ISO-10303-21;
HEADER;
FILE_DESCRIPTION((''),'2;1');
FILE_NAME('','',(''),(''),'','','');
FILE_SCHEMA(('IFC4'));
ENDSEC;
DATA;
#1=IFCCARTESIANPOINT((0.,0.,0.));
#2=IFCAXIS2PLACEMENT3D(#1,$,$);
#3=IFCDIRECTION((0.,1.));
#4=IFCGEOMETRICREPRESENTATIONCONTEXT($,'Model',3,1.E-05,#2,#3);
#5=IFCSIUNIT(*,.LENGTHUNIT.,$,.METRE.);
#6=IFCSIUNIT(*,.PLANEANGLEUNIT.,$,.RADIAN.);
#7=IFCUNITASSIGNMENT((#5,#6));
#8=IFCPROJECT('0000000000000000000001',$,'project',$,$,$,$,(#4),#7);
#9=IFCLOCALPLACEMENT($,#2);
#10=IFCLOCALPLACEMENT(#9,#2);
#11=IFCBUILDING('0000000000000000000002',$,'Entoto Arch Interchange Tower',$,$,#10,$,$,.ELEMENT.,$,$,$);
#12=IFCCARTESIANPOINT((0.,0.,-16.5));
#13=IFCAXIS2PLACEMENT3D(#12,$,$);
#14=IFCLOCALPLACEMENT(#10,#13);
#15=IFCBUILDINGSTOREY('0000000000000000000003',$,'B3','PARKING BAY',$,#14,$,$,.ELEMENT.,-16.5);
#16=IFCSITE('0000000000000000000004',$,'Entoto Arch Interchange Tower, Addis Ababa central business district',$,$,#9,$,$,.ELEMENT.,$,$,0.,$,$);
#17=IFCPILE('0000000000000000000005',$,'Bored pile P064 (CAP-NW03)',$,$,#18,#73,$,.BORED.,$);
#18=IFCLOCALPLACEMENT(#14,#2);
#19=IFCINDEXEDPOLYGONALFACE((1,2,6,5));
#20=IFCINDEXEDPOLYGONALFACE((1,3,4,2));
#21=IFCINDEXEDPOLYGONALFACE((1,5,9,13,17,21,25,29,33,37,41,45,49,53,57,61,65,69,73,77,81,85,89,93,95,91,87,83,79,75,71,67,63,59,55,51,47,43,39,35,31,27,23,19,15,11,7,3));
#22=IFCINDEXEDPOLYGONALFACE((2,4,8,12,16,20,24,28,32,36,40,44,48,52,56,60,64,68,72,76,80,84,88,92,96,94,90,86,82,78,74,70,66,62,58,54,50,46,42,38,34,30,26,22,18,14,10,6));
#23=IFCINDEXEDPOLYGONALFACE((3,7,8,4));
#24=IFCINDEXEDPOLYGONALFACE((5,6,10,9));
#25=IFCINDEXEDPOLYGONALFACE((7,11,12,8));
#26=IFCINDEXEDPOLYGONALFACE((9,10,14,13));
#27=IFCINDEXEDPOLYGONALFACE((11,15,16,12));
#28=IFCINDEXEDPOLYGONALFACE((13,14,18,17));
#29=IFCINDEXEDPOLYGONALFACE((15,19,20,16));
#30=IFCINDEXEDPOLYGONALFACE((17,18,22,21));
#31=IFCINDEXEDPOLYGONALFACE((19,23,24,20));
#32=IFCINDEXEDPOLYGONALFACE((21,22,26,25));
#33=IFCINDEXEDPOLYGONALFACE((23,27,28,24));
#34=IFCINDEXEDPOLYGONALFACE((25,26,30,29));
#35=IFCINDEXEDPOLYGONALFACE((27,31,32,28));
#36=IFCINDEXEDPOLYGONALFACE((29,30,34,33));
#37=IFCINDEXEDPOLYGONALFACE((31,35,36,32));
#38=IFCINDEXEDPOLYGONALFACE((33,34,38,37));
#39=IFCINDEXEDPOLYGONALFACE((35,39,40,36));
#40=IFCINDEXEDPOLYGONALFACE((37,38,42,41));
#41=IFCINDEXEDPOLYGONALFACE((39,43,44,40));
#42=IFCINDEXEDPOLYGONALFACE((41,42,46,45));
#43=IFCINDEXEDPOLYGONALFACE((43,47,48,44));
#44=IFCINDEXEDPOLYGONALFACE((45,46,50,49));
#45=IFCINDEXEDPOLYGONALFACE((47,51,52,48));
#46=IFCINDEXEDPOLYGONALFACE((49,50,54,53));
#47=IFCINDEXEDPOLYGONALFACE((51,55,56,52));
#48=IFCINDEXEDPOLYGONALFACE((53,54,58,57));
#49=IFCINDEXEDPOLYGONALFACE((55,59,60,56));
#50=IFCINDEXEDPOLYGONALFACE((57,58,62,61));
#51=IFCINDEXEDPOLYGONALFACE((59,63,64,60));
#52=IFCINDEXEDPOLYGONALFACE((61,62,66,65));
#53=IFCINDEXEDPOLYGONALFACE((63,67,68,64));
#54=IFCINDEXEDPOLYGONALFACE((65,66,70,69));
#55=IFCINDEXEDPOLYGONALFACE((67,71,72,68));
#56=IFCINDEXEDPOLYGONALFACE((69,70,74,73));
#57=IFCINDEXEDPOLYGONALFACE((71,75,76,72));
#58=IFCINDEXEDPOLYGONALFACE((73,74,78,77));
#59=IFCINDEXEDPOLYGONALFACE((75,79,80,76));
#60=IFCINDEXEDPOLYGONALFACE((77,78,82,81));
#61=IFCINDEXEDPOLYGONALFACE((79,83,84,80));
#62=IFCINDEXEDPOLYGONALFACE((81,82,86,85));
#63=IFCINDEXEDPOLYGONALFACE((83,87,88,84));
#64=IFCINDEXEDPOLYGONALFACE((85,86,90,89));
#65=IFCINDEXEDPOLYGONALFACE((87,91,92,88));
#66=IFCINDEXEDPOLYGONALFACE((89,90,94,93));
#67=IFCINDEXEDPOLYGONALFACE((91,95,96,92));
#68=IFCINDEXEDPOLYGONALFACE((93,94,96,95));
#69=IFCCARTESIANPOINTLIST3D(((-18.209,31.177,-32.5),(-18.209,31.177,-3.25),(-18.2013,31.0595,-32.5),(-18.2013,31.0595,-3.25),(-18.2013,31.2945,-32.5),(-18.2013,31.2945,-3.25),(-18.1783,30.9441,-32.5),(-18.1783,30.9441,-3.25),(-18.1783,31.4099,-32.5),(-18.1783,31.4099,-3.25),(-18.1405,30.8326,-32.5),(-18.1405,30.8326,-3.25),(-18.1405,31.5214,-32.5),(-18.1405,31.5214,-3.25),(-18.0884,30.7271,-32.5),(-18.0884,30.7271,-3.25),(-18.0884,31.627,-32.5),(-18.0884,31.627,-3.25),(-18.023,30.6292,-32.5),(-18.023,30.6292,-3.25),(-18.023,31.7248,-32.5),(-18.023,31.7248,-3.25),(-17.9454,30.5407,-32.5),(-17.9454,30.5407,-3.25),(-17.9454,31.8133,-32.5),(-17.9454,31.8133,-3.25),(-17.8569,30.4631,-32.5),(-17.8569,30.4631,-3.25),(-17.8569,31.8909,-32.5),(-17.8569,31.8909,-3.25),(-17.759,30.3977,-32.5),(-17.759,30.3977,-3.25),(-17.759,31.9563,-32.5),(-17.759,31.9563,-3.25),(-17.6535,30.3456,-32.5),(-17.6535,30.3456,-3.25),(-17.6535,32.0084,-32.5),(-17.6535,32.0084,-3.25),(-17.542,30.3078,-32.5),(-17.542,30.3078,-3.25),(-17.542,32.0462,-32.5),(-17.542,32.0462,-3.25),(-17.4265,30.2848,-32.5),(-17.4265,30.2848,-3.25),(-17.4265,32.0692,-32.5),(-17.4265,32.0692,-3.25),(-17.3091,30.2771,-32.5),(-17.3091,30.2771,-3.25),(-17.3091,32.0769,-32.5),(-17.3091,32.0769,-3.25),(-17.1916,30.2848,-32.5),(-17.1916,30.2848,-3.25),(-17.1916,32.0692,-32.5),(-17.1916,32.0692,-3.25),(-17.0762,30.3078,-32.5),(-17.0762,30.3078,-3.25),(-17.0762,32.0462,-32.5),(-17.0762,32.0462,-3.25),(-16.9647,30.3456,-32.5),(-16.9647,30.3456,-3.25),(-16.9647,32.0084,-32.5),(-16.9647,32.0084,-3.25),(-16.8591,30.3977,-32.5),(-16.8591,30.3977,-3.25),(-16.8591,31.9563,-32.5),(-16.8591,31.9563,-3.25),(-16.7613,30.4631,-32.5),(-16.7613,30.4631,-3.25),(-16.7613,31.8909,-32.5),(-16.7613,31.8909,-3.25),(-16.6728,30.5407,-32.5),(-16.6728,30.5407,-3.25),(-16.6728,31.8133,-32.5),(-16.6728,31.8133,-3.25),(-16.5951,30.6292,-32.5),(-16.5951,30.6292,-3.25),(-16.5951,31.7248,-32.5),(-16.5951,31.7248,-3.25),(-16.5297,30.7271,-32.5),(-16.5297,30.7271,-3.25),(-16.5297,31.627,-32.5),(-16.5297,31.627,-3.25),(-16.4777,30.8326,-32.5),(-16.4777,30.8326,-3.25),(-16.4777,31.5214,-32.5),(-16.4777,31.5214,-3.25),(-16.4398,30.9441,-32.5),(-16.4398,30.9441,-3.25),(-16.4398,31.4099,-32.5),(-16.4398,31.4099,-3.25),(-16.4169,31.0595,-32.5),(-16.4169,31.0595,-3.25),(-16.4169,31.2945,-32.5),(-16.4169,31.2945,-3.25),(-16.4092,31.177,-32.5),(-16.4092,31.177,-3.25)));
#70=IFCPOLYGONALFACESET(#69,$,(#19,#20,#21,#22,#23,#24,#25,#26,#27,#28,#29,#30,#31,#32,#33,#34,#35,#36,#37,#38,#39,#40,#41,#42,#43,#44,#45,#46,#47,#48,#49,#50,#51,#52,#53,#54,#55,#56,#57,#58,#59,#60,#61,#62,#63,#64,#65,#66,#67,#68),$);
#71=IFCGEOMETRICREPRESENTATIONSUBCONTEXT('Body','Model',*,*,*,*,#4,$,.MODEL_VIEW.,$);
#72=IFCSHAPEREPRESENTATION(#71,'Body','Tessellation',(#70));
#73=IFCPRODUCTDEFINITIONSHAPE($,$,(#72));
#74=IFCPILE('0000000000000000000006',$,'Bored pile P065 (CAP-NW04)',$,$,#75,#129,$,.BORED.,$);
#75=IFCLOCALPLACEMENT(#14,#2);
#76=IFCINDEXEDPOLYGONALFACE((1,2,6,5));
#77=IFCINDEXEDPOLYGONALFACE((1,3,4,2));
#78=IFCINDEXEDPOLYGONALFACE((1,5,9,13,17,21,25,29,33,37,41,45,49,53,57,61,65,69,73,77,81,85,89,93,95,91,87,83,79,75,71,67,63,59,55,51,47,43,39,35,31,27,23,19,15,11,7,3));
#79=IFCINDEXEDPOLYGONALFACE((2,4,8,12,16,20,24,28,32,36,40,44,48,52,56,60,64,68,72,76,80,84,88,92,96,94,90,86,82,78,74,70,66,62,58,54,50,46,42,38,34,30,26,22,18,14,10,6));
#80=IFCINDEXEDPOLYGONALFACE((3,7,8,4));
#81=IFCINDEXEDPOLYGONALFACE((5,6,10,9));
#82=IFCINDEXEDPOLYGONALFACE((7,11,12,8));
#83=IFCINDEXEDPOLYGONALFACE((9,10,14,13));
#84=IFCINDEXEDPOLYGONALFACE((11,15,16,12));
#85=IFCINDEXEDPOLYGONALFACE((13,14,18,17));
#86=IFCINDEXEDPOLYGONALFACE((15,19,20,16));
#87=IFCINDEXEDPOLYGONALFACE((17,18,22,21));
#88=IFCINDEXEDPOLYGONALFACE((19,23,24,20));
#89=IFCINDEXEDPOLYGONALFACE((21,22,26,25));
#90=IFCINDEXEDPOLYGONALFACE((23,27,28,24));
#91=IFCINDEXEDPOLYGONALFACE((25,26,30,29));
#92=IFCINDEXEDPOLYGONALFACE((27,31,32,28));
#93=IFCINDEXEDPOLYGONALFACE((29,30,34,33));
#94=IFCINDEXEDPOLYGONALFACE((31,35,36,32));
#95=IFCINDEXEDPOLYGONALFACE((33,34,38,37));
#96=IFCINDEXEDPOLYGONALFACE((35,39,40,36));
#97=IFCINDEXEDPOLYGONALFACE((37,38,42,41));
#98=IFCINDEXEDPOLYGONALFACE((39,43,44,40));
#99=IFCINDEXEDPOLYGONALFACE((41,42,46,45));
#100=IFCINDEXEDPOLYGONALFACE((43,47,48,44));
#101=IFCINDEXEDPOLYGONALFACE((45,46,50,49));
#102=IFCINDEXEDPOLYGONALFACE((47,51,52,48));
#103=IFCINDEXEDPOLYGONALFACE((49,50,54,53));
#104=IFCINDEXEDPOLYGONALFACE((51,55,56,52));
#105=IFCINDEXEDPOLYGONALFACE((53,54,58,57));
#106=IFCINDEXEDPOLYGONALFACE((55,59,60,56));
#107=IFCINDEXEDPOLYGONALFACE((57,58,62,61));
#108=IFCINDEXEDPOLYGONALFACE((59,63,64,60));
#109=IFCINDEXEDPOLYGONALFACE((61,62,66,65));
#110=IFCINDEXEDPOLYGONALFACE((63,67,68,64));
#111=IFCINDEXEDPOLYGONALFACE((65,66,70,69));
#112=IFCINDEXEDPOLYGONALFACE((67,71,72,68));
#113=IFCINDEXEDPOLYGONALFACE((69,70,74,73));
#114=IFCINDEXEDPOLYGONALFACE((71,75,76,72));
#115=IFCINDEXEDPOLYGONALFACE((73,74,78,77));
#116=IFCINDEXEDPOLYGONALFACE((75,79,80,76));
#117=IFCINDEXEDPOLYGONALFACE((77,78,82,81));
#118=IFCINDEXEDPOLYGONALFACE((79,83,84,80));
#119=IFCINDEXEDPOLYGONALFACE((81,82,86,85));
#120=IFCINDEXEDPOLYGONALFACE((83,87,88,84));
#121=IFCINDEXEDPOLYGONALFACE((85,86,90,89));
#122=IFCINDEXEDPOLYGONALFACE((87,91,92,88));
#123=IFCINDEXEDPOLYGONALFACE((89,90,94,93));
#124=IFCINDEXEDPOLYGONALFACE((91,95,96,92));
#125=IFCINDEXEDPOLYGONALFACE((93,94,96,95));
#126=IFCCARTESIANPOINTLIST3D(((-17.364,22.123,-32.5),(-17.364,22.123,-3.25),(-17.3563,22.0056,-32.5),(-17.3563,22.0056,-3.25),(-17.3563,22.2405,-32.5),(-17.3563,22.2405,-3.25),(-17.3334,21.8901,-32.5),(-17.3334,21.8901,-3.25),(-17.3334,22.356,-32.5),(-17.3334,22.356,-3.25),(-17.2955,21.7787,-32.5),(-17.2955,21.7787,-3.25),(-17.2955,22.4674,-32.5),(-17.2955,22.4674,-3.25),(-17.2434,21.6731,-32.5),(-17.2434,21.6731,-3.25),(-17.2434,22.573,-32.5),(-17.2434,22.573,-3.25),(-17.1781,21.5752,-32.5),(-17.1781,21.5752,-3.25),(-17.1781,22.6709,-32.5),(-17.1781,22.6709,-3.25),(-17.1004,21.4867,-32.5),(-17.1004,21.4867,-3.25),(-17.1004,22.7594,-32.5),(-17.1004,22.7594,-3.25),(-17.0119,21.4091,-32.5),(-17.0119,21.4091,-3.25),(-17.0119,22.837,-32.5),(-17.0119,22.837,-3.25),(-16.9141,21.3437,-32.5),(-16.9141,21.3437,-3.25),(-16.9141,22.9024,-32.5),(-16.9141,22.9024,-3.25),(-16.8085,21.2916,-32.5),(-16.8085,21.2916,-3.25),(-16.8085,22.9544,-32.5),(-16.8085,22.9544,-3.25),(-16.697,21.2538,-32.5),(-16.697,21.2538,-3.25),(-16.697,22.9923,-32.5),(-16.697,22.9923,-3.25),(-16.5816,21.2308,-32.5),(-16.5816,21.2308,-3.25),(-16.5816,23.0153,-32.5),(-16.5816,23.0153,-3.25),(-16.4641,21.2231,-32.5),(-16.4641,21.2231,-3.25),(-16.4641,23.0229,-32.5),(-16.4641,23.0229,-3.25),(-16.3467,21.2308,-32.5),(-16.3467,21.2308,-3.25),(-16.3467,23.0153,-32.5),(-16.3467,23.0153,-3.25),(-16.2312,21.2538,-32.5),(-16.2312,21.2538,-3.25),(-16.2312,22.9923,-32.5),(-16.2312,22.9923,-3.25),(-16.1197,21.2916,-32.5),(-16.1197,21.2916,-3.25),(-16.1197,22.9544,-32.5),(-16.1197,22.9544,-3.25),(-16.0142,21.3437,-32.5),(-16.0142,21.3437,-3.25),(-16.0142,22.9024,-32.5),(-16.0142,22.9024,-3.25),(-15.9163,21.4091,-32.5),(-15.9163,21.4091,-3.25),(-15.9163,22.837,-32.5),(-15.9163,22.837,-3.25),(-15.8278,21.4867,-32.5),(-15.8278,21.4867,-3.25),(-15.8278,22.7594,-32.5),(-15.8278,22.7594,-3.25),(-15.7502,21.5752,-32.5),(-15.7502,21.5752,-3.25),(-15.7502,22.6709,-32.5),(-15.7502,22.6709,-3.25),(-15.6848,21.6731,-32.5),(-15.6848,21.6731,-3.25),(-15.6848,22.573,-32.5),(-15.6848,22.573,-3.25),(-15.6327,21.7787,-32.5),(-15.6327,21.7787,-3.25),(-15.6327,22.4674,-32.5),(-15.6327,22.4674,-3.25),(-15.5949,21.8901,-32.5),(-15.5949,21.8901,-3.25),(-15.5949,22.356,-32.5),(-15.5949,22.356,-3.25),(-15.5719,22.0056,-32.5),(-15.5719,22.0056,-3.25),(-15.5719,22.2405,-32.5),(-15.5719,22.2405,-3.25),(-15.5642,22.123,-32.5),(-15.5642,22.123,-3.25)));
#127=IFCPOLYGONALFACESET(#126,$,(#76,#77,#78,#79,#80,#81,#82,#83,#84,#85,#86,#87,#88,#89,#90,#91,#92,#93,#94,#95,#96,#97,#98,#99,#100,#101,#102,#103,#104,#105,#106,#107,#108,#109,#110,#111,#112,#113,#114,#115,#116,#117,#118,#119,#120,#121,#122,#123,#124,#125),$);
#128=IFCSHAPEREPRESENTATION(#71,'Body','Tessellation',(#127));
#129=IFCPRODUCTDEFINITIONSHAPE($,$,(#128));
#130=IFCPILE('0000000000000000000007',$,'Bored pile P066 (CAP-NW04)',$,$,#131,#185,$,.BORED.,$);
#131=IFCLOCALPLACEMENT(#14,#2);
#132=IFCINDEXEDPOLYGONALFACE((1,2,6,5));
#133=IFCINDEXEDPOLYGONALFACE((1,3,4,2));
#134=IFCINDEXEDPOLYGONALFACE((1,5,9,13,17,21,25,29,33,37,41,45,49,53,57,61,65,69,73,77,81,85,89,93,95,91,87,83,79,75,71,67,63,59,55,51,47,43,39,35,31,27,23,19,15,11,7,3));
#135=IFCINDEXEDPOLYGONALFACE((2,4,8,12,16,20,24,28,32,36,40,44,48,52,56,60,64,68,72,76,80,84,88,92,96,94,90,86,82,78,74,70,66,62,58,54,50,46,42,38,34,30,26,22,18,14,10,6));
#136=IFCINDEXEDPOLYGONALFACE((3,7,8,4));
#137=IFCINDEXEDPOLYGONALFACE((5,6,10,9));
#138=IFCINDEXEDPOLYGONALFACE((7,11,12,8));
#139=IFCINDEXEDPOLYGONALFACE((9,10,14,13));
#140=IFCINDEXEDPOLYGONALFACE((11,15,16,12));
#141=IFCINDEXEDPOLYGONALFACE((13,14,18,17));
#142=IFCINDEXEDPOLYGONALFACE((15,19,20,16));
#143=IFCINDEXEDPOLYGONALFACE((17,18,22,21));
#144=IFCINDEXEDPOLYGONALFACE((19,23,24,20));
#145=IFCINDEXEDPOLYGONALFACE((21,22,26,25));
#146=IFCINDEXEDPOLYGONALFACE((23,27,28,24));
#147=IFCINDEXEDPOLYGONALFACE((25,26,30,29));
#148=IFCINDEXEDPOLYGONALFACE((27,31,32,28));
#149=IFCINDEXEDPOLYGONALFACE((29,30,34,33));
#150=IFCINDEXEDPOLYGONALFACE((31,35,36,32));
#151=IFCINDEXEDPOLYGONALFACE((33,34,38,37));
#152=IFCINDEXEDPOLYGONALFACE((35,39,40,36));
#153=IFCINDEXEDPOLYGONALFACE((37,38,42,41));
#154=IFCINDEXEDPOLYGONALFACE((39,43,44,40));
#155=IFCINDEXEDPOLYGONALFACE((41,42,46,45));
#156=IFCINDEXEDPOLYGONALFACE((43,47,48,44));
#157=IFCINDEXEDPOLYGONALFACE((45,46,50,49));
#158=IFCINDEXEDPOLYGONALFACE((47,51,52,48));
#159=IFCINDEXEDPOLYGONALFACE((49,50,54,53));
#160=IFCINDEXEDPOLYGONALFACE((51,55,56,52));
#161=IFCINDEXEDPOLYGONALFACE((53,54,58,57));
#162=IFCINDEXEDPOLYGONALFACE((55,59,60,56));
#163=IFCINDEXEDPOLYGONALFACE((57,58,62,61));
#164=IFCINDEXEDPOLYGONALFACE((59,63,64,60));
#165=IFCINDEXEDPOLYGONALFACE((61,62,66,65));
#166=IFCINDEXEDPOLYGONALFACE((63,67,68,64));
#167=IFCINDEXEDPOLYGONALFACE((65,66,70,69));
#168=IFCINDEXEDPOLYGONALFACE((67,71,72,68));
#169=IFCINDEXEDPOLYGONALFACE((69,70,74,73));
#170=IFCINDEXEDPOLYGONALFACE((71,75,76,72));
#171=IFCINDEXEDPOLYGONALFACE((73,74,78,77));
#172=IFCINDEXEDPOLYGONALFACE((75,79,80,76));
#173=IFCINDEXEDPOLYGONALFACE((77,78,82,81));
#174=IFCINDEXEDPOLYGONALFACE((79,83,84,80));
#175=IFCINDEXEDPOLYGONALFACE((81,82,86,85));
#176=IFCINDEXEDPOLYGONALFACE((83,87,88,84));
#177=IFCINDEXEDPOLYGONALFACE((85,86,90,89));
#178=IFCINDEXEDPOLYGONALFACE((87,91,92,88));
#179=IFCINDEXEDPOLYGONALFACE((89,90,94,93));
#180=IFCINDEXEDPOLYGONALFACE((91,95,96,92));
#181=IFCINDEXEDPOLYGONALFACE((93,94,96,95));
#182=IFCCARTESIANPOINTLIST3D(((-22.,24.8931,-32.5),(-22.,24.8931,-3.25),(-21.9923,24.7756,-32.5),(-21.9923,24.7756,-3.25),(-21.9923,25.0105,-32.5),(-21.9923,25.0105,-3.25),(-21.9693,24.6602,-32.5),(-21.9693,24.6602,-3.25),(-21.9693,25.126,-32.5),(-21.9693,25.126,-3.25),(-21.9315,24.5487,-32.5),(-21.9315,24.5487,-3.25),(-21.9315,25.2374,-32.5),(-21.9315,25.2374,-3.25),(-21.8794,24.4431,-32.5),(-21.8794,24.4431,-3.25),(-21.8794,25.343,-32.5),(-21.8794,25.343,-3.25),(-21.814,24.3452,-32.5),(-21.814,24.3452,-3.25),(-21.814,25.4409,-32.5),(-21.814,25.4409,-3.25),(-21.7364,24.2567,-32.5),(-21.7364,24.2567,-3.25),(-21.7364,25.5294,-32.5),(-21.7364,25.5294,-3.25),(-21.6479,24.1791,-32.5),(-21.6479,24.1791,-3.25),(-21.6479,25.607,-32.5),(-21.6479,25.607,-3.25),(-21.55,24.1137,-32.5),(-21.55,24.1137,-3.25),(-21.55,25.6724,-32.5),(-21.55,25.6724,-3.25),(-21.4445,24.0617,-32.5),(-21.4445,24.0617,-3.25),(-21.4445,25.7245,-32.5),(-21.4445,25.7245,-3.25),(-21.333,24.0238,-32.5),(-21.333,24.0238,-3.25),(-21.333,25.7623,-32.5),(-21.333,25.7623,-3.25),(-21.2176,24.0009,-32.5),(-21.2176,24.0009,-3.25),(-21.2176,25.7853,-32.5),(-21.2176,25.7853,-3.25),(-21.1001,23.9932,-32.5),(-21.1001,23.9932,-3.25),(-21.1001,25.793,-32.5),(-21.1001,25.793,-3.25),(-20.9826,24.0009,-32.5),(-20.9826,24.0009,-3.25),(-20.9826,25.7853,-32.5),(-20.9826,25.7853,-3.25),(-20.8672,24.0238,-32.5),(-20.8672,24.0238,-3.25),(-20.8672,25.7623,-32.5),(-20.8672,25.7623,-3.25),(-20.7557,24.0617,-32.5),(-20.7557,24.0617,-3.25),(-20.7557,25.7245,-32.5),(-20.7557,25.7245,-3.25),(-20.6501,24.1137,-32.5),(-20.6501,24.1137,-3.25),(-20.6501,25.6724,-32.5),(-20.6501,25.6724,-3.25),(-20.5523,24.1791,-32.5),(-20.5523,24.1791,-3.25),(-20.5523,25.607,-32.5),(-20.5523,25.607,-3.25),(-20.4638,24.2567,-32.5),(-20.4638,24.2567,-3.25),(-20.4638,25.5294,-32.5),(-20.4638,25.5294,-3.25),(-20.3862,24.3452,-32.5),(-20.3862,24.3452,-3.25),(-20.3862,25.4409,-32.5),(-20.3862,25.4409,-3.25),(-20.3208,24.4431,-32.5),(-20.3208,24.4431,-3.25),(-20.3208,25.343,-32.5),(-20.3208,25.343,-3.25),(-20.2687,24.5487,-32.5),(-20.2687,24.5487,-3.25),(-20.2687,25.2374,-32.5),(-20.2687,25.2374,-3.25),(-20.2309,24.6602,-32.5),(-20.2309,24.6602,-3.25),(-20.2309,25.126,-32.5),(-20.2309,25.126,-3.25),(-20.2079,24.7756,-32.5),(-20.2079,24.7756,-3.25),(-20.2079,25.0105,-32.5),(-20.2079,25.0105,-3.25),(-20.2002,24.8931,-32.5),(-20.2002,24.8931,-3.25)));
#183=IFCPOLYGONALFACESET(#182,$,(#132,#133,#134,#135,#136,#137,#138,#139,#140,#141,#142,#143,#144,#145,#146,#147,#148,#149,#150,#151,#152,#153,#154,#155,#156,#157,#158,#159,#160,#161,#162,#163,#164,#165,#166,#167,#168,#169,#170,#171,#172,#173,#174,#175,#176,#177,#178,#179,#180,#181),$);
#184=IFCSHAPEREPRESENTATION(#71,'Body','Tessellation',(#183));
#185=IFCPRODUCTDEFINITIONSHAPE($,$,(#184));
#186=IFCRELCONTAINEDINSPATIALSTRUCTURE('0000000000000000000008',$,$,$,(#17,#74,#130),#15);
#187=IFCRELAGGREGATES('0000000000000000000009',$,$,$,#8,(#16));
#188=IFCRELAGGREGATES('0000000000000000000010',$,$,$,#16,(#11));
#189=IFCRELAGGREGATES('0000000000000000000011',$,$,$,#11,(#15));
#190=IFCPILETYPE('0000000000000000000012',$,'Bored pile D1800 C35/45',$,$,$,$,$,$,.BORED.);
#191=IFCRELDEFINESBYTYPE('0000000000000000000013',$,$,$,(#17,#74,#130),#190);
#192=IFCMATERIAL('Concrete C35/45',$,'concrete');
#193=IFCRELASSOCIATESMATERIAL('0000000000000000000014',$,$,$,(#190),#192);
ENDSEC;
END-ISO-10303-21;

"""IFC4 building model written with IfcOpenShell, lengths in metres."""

from ifc_helpers import new_model, si_unit, direction, frame, origin, origin_2d, place, context, subcontext, project, spatial, circle, extrude, material, material_profile, profile_set, type_object, element, save


model = new_model("IFC4")

# Units and contexts
model_context = context("Model", 3, precision=1e-05, world=origin(), true_north=direction((0.0, 1.0)))
body_context = subcontext(model_context, "Body", "Model", "MODEL_VIEW")
ifc_project = project(units=[si_unit("LENGTHUNIT", "METRE"), si_unit("PLANEANGLEUNIT", "RADIAN")], contexts=[model_context])

# Site, building, storey
site_placement = place(None, origin())
site = spatial("IfcSite", under=ifc_project, at=site_placement, Name="Entoto Arch Interchange Tower, Addis Ababa central business district", CompositionType="ELEMENT", RefElevation=0.0)
building_placement = place(site_placement, origin())
building = spatial("IfcBuilding", under=site, at=building_placement, Name="Entoto Arch Interchange Tower", CompositionType="ELEMENT")
storey_placement = place(building_placement, frame((0.0, 0.0, -16.5)))
storey = spatial("IfcBuildingStorey", under=building, at=storey_placement, Name="B3", Description="PARKING BAY", CompositionType="ELEMENT", Elevation=-16.5)

# Piles
ifc_material_1 = material(Name="Concrete C35/45", Category="concrete")
ifc_material_profile_1 = material_profile(ifc_material_1, circle(Radius=0.8999, at=origin_2d()))
ifc_profile_set_1 = profile_set([ifc_material_profile_1], Name="Concrete C35/45")
pile_type = type_object("IfcPileType", Name="Bored pile D1800 C35/45", PredefinedType="BORED", material=ifc_profile_set_1)
for number, where, z_axis, x_axis, name in (
    (1, (-17.3091, 31.177, -3.25), (0.0, 0.0, -1.0), (1.0, 0.0, 0.0), "Bored pile P064 (CAP-NW03)"),
    (2, (-16.4641, 22.123, -3.25), (0.0, 0.0, -1.0), (1.0, 0.0, 0.0), "Bored pile P065 (CAP-NW04)"),
    (3, (-21.1001, 24.8931, -3.25), (0.0, 0.0, -1.0), (1.0, 0.0, 0.0), "Bored pile P066 (CAP-NW04)"),
):
    element("IfcPile", number, at=place(storey_placement, frame(where, z_axis=z_axis, x_axis=x_axis)), inside=storey, type_object=pile_type, Name=name, PredefinedType="BORED", context=body_context, shape_type="SweptSolid", body=[
        extrude(circle(Radius=0.8999, at=origin_2d()), origin(), (0.0, 0.0, 1.0), 29.25),
    ])

save(model, "model.ifc")
